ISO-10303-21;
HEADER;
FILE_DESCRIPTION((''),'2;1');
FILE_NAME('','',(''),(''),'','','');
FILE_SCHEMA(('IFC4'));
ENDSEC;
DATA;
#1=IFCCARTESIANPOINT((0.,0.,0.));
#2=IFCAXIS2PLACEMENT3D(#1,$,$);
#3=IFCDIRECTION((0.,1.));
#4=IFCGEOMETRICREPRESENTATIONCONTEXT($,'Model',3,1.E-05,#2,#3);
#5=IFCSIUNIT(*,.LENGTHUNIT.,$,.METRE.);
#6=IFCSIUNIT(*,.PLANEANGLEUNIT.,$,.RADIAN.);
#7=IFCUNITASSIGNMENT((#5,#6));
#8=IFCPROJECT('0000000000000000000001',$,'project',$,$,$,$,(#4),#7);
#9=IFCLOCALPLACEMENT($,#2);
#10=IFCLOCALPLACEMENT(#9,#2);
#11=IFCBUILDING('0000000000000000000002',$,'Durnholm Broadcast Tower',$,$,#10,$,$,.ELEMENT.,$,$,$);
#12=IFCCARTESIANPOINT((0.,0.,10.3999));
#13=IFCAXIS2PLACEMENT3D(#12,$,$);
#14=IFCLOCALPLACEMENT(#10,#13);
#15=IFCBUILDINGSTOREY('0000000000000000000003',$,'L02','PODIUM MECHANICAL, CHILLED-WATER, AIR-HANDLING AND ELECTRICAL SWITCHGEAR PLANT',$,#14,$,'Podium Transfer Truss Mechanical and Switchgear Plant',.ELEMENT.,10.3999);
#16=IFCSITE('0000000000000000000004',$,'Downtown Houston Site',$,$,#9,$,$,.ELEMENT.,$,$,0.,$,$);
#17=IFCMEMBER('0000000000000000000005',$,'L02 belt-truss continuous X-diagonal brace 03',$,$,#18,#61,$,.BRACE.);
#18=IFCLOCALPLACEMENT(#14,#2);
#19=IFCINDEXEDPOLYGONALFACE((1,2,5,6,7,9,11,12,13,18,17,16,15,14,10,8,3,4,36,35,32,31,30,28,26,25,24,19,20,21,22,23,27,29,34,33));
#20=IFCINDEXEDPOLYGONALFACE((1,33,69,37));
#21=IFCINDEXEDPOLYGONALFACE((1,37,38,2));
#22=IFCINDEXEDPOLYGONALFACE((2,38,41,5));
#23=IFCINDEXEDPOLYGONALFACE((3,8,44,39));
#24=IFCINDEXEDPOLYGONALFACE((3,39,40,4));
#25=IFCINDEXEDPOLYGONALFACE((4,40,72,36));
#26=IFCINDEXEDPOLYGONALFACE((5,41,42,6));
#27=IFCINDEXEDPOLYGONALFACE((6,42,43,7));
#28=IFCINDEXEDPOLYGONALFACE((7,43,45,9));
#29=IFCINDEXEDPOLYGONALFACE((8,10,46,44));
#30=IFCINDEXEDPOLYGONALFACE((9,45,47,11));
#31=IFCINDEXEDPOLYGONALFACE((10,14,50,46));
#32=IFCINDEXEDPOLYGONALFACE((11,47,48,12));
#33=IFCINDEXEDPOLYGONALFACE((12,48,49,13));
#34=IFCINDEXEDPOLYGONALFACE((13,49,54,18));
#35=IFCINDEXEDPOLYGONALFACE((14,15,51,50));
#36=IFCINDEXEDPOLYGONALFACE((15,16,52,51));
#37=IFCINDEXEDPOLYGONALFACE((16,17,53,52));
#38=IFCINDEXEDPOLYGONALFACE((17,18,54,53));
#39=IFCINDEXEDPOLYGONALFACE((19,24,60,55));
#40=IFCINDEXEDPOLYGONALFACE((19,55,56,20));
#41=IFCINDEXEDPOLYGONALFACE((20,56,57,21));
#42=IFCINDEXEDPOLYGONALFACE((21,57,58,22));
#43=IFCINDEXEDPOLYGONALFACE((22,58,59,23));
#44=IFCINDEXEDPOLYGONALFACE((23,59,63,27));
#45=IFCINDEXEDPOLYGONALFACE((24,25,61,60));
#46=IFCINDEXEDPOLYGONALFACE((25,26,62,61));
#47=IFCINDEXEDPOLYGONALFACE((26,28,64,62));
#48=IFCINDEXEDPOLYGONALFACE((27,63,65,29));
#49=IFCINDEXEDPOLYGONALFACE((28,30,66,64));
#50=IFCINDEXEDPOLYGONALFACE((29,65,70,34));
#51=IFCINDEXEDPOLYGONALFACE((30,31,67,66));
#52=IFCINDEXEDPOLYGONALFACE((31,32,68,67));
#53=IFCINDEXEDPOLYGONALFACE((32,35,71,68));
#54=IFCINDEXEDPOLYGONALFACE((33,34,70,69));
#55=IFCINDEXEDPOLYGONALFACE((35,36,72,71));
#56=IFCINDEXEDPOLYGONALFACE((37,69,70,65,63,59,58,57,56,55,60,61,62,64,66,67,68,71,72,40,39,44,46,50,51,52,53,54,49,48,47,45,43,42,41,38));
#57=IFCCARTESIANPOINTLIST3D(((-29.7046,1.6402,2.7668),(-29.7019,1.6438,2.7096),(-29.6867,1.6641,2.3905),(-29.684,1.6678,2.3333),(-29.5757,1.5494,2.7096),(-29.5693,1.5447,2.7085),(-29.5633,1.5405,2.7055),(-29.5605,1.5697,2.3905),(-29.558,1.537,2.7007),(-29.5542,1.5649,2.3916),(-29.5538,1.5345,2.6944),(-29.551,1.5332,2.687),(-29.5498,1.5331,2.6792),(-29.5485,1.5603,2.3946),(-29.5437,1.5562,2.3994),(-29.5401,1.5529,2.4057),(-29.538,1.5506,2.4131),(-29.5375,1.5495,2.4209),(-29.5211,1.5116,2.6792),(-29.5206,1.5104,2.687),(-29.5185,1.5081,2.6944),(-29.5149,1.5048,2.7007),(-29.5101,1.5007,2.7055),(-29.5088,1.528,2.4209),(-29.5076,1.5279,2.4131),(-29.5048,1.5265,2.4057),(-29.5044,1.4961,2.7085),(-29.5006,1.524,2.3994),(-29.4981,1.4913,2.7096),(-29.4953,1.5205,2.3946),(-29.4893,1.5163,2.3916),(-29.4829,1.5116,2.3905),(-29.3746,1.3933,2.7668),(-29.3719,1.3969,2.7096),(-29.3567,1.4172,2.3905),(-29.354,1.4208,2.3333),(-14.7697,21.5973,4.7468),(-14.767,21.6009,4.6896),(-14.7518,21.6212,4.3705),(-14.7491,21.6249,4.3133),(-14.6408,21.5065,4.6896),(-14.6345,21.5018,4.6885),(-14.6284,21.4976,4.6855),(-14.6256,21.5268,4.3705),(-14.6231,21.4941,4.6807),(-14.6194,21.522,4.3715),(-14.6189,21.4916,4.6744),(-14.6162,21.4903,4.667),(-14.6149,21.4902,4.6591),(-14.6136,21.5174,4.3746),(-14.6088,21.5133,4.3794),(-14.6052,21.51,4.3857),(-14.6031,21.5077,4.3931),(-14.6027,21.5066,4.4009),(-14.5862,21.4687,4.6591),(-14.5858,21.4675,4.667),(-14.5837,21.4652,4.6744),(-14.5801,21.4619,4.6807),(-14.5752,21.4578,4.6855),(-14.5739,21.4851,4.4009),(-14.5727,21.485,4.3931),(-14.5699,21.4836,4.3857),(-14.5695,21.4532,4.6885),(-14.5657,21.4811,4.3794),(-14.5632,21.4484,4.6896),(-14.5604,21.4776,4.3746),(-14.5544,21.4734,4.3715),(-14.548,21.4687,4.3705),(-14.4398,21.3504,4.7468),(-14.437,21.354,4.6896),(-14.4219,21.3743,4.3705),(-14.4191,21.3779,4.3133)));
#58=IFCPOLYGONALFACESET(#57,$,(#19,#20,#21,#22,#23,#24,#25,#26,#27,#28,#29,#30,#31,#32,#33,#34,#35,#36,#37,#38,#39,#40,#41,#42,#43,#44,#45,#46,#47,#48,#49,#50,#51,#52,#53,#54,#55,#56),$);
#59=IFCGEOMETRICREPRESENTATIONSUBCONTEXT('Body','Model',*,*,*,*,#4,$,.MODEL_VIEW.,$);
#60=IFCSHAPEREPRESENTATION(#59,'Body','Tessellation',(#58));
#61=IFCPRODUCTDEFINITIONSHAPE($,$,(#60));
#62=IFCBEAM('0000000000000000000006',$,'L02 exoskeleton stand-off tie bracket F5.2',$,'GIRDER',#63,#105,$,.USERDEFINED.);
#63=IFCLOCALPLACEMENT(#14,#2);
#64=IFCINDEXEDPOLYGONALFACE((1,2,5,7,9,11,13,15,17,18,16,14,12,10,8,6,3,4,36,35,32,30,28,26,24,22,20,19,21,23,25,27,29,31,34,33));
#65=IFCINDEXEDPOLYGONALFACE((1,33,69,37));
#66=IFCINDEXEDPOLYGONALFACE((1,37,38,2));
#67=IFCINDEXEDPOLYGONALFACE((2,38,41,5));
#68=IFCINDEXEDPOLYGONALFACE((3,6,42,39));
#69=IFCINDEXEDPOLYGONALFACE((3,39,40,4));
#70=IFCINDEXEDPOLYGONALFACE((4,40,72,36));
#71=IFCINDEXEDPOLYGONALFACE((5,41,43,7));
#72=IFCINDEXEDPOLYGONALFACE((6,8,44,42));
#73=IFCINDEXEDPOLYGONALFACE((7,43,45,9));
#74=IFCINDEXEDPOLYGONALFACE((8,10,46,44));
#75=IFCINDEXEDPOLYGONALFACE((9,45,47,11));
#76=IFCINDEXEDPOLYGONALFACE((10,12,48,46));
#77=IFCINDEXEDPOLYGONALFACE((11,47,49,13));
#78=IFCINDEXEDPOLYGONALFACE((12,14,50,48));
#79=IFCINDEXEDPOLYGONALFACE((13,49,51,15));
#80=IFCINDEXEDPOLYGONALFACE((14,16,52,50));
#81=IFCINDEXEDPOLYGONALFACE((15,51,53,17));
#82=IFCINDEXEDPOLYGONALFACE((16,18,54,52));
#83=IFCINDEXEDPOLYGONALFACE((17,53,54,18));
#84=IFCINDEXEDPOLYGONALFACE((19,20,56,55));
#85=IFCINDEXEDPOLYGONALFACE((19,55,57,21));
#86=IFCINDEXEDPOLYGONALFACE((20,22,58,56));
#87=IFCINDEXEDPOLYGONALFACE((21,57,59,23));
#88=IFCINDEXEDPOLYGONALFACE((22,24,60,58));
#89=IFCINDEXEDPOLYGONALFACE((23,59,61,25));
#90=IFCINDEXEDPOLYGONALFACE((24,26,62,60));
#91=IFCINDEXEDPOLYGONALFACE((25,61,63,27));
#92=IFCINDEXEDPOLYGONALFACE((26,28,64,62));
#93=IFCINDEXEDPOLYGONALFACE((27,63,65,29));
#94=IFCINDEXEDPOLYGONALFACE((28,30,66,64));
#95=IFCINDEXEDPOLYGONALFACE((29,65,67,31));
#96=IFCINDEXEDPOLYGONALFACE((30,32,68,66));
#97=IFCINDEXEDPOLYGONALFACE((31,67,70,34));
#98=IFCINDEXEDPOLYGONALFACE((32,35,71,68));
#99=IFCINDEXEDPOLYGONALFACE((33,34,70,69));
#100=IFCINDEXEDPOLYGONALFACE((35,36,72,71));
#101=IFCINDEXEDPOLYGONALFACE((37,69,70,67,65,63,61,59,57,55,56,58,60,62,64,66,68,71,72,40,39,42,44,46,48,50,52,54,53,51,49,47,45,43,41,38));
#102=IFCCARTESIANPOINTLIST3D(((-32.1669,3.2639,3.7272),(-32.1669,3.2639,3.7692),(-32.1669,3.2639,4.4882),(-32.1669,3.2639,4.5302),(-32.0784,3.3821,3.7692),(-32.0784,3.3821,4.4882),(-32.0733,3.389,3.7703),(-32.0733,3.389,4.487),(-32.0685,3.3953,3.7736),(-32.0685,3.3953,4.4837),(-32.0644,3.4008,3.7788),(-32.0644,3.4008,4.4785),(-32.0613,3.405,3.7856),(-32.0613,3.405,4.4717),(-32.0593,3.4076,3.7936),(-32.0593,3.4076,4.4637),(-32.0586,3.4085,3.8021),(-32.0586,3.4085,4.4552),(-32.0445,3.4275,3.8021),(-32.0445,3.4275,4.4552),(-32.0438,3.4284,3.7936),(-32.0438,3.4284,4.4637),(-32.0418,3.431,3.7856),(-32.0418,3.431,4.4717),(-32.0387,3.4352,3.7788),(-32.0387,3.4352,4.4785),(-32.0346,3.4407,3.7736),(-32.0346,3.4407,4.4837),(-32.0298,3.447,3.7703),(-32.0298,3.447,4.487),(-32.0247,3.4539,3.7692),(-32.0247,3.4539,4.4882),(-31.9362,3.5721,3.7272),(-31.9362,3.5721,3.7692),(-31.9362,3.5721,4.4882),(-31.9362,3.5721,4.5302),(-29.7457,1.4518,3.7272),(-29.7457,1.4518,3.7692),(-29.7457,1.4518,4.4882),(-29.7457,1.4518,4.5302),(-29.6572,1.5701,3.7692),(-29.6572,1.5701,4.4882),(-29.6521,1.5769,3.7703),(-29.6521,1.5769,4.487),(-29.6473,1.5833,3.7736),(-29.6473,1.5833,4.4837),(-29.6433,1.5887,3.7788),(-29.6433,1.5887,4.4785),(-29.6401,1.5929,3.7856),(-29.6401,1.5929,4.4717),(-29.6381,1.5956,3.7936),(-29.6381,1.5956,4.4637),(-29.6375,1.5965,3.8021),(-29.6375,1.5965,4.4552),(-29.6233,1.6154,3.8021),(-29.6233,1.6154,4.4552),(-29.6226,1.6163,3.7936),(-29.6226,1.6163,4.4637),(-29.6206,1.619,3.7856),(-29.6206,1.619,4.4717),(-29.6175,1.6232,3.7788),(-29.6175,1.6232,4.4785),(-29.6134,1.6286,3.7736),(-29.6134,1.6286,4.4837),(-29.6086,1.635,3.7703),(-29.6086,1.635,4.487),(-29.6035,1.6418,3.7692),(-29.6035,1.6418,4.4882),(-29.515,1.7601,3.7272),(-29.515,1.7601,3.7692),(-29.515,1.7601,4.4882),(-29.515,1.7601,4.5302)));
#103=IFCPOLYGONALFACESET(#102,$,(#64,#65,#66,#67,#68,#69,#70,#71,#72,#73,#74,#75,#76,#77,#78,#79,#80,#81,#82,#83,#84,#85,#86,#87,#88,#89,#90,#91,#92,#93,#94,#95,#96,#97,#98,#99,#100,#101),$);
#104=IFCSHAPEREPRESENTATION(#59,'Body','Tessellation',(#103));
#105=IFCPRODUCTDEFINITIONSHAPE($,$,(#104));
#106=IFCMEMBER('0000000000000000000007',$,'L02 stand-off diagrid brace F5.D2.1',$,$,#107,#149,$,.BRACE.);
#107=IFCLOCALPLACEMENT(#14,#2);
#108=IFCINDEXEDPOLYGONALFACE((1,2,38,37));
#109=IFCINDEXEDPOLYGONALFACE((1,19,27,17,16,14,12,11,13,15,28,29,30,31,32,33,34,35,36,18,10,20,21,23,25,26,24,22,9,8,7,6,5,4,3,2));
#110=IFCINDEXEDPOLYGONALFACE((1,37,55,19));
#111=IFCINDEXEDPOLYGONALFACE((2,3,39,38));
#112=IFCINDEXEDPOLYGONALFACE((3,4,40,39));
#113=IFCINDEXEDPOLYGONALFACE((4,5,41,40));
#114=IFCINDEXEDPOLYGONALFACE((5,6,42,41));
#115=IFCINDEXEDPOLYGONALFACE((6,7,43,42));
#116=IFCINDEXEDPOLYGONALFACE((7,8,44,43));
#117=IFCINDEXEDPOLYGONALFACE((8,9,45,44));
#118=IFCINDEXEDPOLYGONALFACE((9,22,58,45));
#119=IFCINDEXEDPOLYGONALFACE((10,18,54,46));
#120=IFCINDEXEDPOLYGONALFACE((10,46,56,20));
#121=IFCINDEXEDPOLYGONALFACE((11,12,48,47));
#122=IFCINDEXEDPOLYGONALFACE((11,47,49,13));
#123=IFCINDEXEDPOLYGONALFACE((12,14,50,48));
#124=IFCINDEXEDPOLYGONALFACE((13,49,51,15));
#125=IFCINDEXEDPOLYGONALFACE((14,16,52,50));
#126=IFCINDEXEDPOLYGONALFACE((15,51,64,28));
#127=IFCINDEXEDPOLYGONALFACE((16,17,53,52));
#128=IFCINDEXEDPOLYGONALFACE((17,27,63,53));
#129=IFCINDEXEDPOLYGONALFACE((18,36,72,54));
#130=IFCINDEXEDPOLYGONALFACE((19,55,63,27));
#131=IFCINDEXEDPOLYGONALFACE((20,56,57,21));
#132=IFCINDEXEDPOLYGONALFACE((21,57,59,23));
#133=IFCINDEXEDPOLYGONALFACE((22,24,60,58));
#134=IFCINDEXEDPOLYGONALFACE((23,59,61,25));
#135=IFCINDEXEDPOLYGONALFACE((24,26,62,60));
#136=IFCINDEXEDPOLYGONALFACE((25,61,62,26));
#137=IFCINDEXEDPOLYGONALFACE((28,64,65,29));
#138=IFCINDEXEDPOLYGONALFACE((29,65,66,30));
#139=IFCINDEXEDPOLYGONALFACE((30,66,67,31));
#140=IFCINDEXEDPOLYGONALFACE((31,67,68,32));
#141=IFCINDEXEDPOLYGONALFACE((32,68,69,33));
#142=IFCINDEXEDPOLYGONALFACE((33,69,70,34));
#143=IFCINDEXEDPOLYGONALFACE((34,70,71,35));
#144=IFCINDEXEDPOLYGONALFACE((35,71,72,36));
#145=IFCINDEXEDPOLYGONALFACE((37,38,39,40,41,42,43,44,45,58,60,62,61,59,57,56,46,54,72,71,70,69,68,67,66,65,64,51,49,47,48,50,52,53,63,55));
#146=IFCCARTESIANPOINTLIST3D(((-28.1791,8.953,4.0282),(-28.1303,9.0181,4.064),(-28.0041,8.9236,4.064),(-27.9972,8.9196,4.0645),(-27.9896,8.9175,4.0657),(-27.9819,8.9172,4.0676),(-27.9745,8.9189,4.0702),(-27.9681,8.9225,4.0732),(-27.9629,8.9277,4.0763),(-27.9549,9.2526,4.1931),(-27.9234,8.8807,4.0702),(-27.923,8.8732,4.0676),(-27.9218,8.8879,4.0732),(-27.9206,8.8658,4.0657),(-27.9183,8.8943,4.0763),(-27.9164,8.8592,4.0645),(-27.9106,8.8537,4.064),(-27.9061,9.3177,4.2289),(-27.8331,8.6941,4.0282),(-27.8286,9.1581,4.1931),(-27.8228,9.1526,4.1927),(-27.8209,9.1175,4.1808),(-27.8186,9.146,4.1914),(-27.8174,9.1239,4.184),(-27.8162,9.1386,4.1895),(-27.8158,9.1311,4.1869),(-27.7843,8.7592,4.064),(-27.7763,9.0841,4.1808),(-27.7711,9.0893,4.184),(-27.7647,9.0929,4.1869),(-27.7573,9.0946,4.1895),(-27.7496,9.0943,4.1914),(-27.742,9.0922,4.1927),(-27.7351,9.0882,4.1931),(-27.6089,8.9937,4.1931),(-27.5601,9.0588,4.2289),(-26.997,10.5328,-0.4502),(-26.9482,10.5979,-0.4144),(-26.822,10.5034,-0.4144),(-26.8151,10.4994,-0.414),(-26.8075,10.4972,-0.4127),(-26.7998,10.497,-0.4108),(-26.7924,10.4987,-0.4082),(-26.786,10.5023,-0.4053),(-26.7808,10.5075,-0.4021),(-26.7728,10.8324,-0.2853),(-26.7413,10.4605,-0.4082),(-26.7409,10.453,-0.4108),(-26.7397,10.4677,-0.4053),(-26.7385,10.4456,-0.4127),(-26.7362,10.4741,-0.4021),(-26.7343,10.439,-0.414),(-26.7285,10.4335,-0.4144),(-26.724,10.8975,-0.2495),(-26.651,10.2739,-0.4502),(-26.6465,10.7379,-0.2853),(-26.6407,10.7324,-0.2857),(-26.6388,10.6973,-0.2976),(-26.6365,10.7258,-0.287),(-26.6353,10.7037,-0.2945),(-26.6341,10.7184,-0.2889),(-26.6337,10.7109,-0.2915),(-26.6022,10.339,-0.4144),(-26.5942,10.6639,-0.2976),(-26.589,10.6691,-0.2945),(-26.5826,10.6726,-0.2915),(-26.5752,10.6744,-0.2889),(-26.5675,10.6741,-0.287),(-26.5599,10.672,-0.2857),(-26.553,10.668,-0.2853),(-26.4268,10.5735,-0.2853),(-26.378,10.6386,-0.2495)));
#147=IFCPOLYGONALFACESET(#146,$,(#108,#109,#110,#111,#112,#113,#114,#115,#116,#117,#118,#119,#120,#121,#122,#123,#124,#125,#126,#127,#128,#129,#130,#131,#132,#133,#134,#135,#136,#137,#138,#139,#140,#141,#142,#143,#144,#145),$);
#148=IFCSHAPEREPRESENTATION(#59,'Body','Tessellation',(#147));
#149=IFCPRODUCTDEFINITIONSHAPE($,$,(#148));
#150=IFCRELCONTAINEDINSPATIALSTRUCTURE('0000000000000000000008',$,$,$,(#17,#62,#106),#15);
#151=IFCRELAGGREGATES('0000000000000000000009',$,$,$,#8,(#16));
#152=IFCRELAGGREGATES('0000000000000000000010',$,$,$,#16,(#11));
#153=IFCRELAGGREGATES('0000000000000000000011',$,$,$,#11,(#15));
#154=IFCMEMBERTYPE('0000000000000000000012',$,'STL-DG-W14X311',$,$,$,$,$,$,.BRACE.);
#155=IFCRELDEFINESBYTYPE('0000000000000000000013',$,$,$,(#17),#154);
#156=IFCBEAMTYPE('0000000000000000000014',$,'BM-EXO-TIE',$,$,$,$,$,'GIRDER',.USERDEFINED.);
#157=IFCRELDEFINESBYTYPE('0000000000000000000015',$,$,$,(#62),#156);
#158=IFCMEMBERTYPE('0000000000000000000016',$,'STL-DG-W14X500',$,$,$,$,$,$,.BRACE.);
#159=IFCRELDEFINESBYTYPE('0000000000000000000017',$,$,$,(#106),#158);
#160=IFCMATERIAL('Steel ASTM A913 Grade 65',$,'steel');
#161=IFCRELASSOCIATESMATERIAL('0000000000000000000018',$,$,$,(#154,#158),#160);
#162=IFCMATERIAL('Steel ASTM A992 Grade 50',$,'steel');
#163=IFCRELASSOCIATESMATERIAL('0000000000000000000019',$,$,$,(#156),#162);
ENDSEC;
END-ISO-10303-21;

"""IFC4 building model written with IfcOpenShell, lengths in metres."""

from ifc_helpers import new_model, si_unit, direction, frame, origin, origin_2d, place, context, subcontext, project, spatial, i_section, extrude, source, transform, mapped, material, material_profile, profile_set, type_object, type_shapes, element, save


model = new_model("IFC4")

# Units and contexts
model_context = context("Model", 3, precision=1e-05, world=origin(), true_north=direction((0.0, 1.0)))
body_context = subcontext(model_context, "Body", "Model", "MODEL_VIEW")
ifc_project = project(units=[si_unit("LENGTHUNIT", "METRE"), si_unit("PLANEANGLEUNIT", "RADIAN")], contexts=[model_context])

# Site, building, storey
site_placement = place(None, origin())
site = spatial("IfcSite", under=ifc_project, at=site_placement, Name="Downtown Houston Site", CompositionType="ELEMENT", RefElevation=0.0)
building_placement = place(site_placement, origin())
building = spatial("IfcBuilding", under=site, at=building_placement, Name="Durnholm Broadcast Tower", CompositionType="ELEMENT")
storey_placement = place(building_placement, frame((0.0, 0.0, 10.3999)))
storey = spatial("IfcBuildingStorey", under=building, at=storey_placement, Name="L02", Description="PODIUM MECHANICAL, CHILLED-WATER, AIR-HANDLING AND ELECTRICAL SWITCHGEAR PLANT", LongName="Podium Transfer Truss Mechanical and Switchgear Plant", CompositionType="ELEMENT", Elevation=10.3999)

# Shared definitions
ifc_material_1 = material(Name="Steel ASTM A913 Grade 65", Category="steel")

# Shared definitions
ifc_material_2 = material(Name="Steel ASTM A992 Grade 50", Category="steel")

# Member
ifc_material_profile_1 = material_profile(ifc_material_1, i_section(OverallWidth=0.4121, OverallDepth=0.4348, WebThickness=0.0359, FlangeThickness=0.0574, FilletRadius=0.0305, at=origin_2d()), Name="W14X311")
ifc_profile_set_1 = profile_set([ifc_material_profile_1], Name="Steel ASTM A913 Grade 65")
member_type_1 = type_object("IfcMemberType", Name="STL-DG-W14X311", PredefinedType="BRACE", material=ifc_profile_set_1)
shared_shape_1 = source(origin(), body_context, "Body", "SweptSolid", [
    extrude(i_section(OverallWidth=0.4121, OverallDepth=0.4348, WebThickness=0.0359, FlangeThickness=0.0574, FilletRadius=0.0305, at=origin_2d()), origin(), (0.0, 0.0, 1.0), 25.0051),
])
type_shapes(member_type_1, [shared_shape_1])
member_1_placement = place(storey_placement, frame((-29.5293, 1.5305, 2.55), z_axis=(0.597272, 0.79812, 0.079183), x_axis=(-0.800634, 0.599153, 0.0)))
element("IfcMember", 1, at=member_1_placement, inside=storey, type_object=member_type_1, Name="L02 belt-truss continuous X-diagonal brace 03", PredefinedType="BRACE", context=body_context, shape_type="MappedRepresentation", body=[
    mapped(shared_shape_1, transform((0.0, 0.0, 0.0), x_axis=(1.0, 0.0, 0.0), y_axis=(0.0, 1.0, 0.0), z_axis=(0.0, 0.0, 1.0), scale=1.0)),
])

# Beam
ifc_material_profile_2 = material_profile(ifc_material_2, i_section(OverallWidth=0.385, OverallDepth=0.803, WebThickness=0.0237, FlangeThickness=0.042, FilletRadius=0.033, at=origin_2d()), Name="W30X261")
ifc_profile_set_2 = profile_set([ifc_material_profile_2], Name="Steel ASTM A992 Grade 50")
beam_type_1 = type_object("IfcBeamType", Name="BM-EXO-TIE", ElementType="GIRDER", PredefinedType="USERDEFINED", material=ifc_profile_set_2)
shared_shape_2 = source(origin(), body_context, "Body", "SweptSolid", [
    extrude(i_section(OverallWidth=0.385, OverallDepth=0.803, WebThickness=0.0237, FlangeThickness=0.042, FilletRadius=0.033, at=origin_2d()), origin(), (0.0, 0.0, 1.0), 3.0242),
])
type_shapes(beam_type_1, [shared_shape_2])
beam_1_placement = place(storey_placement, frame((-29.6304, 1.606, 4.1287), z_axis=(-0.80061, 0.599186, 0.0), x_axis=(-0.599186, -0.80061, 0.0)))
element("IfcBeam", 2, at=beam_1_placement, inside=storey, type_object=beam_type_1, Name="L02 exoskeleton stand-off tie bracket F5.2", ObjectType="GIRDER", PredefinedType="USERDEFINED", context=body_context, shape_type="MappedRepresentation", body=[
    mapped(shared_shape_2, transform((0.0, 0.0, 0.0), x_axis=(1.0, 0.0, 0.0), y_axis=(0.0, 1.0, 0.0), z_axis=(0.0, 0.0, 1.0), scale=1.0)),
])

# Member
ifc_material_profile_3 = material_profile(ifc_material_1, i_section(OverallWidth=0.4321, OverallDepth=0.4978, WebThickness=0.0557, FlangeThickness=0.0889, FilletRadius=0.0305, at=origin_2d()), Name="W14X500")
ifc_profile_set_3 = profile_set([ifc_material_profile_3], Name="Steel ASTM A913 Grade 65")
member_type_2 = type_object("IfcMemberType", Name="STL-DG-W14X500", PredefinedType="BRACE", material=ifc_profile_set_3)
shared_shape_3 = source(origin(), body_context, "Body", "SweptSolid", [
    extrude(i_section(OverallWidth=0.4321, OverallDepth=0.4978, WebThickness=0.0557, FlangeThickness=0.0889, FilletRadius=0.0305, at=origin_2d()), origin(), (0.0, 0.0, 1.0), 4.8938),
])
member_2_placement = place(storey_placement, frame((-26.6875, 10.5857, -0.3499), z_axis=(-0.241551, -0.322816, 0.915119), x_axis=(0.800668, -0.599109, 0.0)))
element("IfcMember", 3, at=member_2_placement, inside=storey, type_object=member_type_2, Name="L02 stand-off diagrid brace F5.D2.1", PredefinedType="BRACE", context=body_context, shape_type="MappedRepresentation", body=[
    mapped(shared_shape_3, transform((0.0, 0.0, 0.0), x_axis=(1.0, 0.0, 0.0), y_axis=(0.0, 1.0, 0.0), z_axis=(0.0, 0.0, 1.0), scale=1.0)),
])

save(model, "model.ifc")
